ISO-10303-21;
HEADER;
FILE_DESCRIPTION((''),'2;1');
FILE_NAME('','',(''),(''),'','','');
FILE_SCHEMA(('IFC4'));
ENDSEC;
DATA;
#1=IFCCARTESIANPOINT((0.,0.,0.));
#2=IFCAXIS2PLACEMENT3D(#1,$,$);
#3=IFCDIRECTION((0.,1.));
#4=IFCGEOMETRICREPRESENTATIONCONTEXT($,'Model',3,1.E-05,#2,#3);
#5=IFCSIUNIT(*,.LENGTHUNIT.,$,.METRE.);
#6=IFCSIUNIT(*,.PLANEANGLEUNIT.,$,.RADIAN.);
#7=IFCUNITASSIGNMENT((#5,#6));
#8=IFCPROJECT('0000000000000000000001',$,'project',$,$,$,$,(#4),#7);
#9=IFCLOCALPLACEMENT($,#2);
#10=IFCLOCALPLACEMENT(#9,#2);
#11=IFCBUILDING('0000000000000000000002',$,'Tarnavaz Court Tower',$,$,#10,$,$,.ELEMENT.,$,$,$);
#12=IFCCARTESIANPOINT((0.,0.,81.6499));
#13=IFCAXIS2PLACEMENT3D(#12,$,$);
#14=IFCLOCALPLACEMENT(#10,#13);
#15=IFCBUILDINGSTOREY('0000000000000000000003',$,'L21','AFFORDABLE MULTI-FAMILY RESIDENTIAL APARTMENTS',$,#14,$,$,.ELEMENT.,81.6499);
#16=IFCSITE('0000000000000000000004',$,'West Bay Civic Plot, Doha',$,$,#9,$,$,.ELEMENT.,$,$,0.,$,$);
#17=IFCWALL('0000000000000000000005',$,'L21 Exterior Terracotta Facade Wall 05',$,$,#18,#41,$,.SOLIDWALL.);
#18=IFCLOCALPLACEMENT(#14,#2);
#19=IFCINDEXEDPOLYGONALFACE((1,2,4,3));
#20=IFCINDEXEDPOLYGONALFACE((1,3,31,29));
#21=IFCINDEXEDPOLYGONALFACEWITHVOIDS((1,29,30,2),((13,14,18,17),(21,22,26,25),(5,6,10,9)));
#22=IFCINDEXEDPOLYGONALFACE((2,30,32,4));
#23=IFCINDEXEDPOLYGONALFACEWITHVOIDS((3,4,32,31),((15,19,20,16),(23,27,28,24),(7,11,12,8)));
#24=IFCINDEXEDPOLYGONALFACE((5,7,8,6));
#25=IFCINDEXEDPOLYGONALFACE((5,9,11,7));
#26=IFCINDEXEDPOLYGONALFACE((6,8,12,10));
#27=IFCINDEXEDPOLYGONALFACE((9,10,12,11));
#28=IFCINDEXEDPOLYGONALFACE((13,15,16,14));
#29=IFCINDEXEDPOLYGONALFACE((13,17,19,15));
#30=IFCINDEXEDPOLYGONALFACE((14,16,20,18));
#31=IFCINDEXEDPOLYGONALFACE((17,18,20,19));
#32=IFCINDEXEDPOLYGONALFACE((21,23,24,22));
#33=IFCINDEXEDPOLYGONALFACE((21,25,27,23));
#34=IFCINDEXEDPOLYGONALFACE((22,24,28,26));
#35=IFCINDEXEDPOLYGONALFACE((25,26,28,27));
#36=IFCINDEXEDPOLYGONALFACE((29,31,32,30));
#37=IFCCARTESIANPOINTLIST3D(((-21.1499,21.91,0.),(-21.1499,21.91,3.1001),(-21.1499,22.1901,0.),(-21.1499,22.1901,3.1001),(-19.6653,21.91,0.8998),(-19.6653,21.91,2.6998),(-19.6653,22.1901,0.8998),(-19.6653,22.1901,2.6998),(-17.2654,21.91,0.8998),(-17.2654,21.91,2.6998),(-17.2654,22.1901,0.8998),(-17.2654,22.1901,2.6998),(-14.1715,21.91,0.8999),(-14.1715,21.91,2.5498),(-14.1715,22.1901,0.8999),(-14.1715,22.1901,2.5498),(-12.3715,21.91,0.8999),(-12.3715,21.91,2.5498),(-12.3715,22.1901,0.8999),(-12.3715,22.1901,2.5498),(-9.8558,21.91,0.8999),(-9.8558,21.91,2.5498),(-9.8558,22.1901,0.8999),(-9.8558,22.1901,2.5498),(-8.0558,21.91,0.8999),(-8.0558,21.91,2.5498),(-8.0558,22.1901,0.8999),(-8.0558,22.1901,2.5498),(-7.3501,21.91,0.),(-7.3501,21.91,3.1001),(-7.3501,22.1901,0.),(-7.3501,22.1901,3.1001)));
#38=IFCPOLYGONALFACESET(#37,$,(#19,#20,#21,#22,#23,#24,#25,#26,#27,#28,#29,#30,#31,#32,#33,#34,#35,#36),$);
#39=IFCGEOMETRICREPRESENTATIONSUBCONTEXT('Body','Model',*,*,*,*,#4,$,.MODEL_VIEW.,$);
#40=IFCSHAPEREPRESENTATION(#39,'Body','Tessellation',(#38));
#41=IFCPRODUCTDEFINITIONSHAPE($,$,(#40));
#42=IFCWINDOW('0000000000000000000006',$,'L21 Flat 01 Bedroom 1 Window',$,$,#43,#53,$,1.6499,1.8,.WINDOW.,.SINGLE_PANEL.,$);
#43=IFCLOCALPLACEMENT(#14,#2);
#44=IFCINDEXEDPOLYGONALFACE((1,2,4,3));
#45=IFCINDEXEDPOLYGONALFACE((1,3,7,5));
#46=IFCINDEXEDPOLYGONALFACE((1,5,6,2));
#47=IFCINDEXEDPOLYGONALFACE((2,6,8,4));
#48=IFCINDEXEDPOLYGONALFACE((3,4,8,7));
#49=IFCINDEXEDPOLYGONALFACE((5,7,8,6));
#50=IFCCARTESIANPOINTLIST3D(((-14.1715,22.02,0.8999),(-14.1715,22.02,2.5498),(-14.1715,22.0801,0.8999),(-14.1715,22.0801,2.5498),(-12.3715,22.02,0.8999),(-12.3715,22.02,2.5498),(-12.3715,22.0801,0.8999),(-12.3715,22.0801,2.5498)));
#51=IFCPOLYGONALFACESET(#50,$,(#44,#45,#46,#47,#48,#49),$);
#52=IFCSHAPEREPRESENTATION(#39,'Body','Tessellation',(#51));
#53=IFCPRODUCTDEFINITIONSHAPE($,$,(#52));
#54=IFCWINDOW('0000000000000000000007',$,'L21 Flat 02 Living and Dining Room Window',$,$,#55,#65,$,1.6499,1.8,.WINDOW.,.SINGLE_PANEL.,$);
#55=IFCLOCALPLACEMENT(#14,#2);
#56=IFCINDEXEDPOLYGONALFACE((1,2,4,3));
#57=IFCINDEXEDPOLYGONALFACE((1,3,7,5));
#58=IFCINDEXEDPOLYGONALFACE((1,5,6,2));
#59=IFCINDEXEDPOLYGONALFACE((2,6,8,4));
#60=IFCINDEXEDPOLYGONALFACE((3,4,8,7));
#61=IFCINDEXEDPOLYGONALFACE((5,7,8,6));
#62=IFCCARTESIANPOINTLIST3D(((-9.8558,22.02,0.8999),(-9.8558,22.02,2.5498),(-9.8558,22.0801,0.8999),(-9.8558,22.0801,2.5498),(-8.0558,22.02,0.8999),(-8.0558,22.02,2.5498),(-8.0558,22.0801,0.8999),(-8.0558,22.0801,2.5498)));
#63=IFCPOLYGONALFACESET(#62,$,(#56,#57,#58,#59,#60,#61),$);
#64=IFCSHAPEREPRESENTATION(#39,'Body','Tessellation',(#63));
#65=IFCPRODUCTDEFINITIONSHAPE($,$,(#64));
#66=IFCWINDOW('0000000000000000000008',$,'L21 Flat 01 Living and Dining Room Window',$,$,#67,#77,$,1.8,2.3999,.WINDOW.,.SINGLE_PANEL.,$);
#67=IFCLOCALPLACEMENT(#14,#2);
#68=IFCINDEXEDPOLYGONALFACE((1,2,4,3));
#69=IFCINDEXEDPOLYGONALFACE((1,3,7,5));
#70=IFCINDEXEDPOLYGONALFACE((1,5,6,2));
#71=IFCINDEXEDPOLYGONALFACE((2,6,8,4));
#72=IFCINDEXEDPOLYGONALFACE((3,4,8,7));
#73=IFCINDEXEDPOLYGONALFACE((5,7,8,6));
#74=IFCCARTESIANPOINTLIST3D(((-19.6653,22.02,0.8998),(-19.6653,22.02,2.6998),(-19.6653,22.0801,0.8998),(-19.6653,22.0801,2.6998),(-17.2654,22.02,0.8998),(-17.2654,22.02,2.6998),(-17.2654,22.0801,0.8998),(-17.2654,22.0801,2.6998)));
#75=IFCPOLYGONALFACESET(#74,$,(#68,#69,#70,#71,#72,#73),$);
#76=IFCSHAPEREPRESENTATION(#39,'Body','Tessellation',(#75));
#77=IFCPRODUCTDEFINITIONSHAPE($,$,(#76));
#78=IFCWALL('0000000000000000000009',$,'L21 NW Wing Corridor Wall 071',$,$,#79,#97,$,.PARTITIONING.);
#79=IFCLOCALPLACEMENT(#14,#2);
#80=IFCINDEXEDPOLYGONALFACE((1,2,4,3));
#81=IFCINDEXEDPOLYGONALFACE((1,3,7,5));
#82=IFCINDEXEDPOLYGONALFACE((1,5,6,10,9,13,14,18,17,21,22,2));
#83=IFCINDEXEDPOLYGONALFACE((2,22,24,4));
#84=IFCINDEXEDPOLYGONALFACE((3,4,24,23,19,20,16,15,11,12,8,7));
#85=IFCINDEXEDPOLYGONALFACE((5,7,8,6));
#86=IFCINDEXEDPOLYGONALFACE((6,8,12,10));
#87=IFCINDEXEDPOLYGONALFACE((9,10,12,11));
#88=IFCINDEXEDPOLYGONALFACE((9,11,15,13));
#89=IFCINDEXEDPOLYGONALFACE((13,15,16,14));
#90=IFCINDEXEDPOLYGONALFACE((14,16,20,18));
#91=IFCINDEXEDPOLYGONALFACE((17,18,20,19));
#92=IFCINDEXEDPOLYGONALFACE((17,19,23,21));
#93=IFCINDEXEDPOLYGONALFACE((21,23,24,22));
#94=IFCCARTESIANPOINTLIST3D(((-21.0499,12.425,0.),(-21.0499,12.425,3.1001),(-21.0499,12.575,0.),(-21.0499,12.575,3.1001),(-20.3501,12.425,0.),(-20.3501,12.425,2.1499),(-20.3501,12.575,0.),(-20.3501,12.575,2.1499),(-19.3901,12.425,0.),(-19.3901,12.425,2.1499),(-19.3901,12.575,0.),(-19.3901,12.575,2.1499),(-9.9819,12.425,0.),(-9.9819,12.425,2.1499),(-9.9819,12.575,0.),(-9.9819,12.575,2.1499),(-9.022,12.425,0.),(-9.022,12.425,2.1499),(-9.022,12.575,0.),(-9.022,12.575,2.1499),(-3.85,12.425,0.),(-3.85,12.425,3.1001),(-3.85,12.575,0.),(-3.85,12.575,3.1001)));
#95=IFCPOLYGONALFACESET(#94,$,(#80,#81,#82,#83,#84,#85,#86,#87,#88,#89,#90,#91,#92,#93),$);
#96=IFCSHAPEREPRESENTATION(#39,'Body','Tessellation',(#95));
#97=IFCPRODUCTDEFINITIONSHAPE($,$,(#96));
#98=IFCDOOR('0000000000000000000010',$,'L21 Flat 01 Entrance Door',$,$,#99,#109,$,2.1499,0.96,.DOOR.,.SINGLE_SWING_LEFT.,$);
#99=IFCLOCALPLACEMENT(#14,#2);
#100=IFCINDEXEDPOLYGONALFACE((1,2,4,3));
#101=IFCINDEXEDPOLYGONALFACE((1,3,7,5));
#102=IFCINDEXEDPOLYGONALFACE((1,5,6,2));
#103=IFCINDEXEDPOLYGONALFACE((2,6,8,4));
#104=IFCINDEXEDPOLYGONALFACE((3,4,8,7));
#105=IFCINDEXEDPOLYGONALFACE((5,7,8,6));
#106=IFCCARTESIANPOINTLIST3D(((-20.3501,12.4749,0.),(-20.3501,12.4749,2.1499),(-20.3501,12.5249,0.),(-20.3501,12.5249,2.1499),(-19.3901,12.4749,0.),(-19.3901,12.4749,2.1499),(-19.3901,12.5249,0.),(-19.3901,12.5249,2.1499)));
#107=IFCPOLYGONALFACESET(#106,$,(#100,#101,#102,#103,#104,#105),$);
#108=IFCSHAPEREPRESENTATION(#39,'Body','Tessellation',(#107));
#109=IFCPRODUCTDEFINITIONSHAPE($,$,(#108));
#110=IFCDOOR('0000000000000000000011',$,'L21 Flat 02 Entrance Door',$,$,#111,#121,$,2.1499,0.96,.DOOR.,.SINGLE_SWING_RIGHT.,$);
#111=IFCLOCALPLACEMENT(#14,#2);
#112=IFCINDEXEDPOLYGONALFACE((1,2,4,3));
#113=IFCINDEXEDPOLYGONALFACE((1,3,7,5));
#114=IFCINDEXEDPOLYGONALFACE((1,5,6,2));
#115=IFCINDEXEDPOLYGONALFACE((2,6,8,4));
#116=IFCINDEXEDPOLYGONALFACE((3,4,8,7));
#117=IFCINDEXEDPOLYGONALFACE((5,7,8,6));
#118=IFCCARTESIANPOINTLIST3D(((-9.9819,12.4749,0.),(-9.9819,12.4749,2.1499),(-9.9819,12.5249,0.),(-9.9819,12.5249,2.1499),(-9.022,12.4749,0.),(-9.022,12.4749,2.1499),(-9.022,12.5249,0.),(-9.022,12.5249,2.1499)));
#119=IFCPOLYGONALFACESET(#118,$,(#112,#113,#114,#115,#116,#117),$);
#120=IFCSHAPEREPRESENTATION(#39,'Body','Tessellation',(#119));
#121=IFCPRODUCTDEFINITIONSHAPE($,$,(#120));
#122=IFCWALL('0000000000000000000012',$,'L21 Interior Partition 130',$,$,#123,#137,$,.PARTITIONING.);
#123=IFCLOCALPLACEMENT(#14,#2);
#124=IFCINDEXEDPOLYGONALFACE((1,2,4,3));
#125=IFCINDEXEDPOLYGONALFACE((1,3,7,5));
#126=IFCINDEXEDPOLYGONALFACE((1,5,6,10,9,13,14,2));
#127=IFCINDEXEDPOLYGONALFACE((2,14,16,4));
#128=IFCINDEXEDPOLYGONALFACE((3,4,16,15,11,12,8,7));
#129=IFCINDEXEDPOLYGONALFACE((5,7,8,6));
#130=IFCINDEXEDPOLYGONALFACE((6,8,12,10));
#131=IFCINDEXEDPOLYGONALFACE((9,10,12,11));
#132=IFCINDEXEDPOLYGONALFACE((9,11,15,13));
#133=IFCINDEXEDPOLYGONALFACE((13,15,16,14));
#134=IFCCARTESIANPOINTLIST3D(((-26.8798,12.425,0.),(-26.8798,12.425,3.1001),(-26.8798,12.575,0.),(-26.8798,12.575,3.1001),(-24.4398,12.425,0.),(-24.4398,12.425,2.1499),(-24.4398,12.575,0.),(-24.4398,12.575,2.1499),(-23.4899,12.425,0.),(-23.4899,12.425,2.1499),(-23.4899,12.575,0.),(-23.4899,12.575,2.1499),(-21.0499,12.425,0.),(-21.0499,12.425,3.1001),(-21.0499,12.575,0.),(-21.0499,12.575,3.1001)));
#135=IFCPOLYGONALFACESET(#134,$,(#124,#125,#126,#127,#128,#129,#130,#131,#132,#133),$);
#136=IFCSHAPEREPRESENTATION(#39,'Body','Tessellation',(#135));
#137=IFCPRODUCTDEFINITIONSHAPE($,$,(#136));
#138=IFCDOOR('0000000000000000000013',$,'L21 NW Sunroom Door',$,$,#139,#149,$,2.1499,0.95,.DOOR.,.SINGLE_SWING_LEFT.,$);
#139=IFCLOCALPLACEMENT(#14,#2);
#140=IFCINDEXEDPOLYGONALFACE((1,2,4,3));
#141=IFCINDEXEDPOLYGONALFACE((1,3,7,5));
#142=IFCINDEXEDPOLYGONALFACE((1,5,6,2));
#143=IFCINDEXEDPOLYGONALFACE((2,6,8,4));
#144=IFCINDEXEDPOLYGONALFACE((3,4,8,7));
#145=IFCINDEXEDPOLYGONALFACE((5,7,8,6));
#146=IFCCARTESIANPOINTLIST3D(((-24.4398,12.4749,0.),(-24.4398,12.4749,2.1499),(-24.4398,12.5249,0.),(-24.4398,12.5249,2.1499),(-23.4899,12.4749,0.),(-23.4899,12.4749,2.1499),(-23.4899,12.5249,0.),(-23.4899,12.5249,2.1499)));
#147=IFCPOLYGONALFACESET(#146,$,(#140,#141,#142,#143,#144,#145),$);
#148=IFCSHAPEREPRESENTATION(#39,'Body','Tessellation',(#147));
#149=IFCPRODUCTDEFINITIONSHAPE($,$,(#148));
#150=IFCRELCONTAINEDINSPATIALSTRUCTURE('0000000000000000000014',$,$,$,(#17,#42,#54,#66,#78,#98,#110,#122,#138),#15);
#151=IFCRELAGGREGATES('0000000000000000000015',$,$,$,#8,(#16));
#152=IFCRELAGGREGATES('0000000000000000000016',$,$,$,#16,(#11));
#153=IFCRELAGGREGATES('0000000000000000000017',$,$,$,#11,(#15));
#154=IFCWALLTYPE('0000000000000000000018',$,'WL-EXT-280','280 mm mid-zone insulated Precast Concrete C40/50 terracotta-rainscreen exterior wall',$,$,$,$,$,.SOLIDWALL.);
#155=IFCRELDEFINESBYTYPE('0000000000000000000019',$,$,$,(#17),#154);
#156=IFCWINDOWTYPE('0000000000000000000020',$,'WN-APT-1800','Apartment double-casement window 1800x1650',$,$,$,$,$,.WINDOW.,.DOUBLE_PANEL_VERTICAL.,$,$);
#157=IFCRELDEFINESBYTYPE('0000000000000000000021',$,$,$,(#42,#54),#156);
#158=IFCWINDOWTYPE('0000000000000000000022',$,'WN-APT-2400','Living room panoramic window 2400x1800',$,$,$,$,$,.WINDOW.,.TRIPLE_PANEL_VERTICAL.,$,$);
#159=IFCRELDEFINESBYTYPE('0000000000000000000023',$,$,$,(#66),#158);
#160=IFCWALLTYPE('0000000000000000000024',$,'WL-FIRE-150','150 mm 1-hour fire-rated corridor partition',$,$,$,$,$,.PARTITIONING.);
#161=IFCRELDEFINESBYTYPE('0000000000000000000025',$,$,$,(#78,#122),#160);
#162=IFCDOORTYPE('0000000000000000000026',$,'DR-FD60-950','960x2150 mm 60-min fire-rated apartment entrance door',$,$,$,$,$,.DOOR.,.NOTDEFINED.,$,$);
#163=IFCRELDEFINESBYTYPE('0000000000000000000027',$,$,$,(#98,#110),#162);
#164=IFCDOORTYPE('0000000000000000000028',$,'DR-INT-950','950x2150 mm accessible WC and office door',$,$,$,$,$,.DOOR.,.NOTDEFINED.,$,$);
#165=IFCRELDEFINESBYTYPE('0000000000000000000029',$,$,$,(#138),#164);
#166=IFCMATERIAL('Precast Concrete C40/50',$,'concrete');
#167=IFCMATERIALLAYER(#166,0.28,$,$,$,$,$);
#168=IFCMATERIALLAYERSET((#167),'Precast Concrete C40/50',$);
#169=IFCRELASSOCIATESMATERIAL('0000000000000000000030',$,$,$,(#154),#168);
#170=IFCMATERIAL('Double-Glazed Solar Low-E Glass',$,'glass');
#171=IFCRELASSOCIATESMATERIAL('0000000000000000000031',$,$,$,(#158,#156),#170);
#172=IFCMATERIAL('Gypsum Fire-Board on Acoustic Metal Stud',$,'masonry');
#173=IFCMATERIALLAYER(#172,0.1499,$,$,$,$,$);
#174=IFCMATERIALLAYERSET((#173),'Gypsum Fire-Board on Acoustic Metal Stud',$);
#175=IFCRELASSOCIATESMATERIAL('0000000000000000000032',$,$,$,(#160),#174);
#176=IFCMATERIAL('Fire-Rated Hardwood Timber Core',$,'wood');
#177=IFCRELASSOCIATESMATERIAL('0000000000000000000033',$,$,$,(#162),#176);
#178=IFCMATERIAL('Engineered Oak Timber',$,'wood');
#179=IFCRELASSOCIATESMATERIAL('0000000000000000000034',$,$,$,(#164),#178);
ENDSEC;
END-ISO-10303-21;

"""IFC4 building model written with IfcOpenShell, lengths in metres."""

from ifc_helpers import new_model, si_unit, direction, frame, frame_2d, origin, place, context, subcontext, project, spatial, rectangle, extrude, material, layer, layer_set, type_object, element, fill, save


model = new_model("IFC4")

# Units and contexts
model_context = context("Model", 3, precision=1e-05, world=origin(), true_north=direction((0.0, 1.0)))
body_context = subcontext(model_context, "Body", "Model", "MODEL_VIEW")
ifc_project = project(units=[si_unit("LENGTHUNIT", "METRE"), si_unit("PLANEANGLEUNIT", "RADIAN")], contexts=[model_context])

# Site, building, storey
site_placement = place(None, origin())
site = spatial("IfcSite", under=ifc_project, at=site_placement, Name="West Bay Civic Plot, Doha", CompositionType="ELEMENT", RefElevation=0.0)
building_placement = place(site_placement, origin())
building = spatial("IfcBuilding", under=site, at=building_placement, Name="Tarnavaz Court Tower", CompositionType="ELEMENT")
storey_placement = place(building_placement, frame((0.0, 0.0, 81.6499)))
storey = spatial("IfcBuildingStorey", under=building, at=storey_placement, Name="L21", Description="AFFORDABLE MULTI-FAMILY RESIDENTIAL APARTMENTS", CompositionType="ELEMENT", Elevation=81.6499)

# Shared definitions
ifc_material_1 = material(Name="Precast Concrete C40/50", Category="concrete")
ifc_layer_1 = layer(ifc_material_1, 0.28)
ifc_layer_set_1 = layer_set([ifc_layer_1], Name="Precast Concrete C40/50")
wall_type_1 = type_object("IfcWallType", Name="WL-EXT-280", Description="280 mm mid-zone insulated Precast Concrete C40/50 terracotta-rainscreen exterior wall", PredefinedType="SOLIDWALL", material=ifc_layer_set_1)
ifc_material_2 = material(Name="Double-Glazed Solar Low-E Glass", Category="glass")
window_type_1 = type_object("IfcWindowType", Name="WN-APT-2400", Description="Living room panoramic window 2400x1800", PartitioningType="TRIPLE_PANEL_VERTICAL", PredefinedType="WINDOW", material=ifc_material_2)

# Wall, openings, windows
wall_1_placement = place(storey_placement, frame((-21.1499, 22.05, 0.0), z_axis=(0.0, 0.0, 1.0), x_axis=(1.0, 0.0, 0.0)))
wall_1 = element("IfcWall", 1, at=wall_1_placement, inside=storey, type_object=wall_type_1, Name="L21 Exterior Terracotta Facade Wall 05", PredefinedType="SOLIDWALL", context=body_context, shape_type="SweptSolid", body=[
    extrude(rectangle(XDim=13.7998, YDim=0.28, at=frame_2d((6.8999, 0.0))), origin(), (0.0, 0.0, 1.0), 3.1001),
])
opening_1_placement = place(wall_1_placement, frame((1.4846, 0.0, 0.8999)))
opening_1 = element("IfcOpeningElement", 2, at=opening_1_placement, cuts=wall_1, PredefinedType="OPENING", context=body_context, shape_type="SweptSolid", body=[
    extrude(rectangle(XDim=2.3999, YDim=1.8, at=frame_2d((1.2, 0.8999))), frame((0.0, 0.1499, 0.0), z_axis=(0.0, -1.0, 0.0), x_axis=(1.0, 0.0, 0.0)), (0.0, 0.0, 1.0), 0.3),
])
opening_2_placement = place(wall_1_placement, frame((6.9785, 0.0, 0.8999)))
opening_2 = element("IfcOpeningElement", 3, at=opening_2_placement, cuts=wall_1, PredefinedType="OPENING", context=body_context, shape_type="SweptSolid", body=[
    extrude(rectangle(XDim=1.8, YDim=1.6499, at=frame_2d((0.8999, 0.825))), frame((0.0, 0.1499, 0.0), z_axis=(0.0, -1.0, 0.0), x_axis=(1.0, 0.0, 0.0)), (0.0, 0.0, 1.0), 0.3),
])
opening_3_placement = place(wall_1_placement, frame((11.2942, 0.0, 0.8999)))
opening_3 = element("IfcOpeningElement", 4, at=opening_3_placement, cuts=wall_1, PredefinedType="OPENING", context=body_context, shape_type="SweptSolid", body=[
    extrude(rectangle(XDim=1.8, YDim=1.6499, at=frame_2d((0.8999, 0.825))), frame((0.0, 0.1499, 0.0), z_axis=(0.0, -1.0, 0.0), x_axis=(1.0, 0.0, 0.0)), (0.0, 0.0, 1.0), 0.3),
])
window_type_2 = type_object("IfcWindowType", Name="WN-APT-1800", Description="Apartment double-casement window 1800x1650", PartitioningType="DOUBLE_PANEL_VERTICAL", PredefinedType="WINDOW", material=ifc_material_2)
window_1_placement = place(opening_2_placement, origin())
window_1 = element("IfcWindow", 5, at=window_1_placement, inside=storey, type_object=window_type_2, Name="L21 Flat 01 Bedroom 1 Window", OverallHeight=1.6499, OverallWidth=1.8, PartitioningType="SINGLE_PANEL", PredefinedType="WINDOW", context=body_context, shape_type="SweptSolid", body=[
    extrude(rectangle(XDim=1.8, YDim=1.6499, at=frame_2d((0.8999, 0.825))), frame((0.0, 0.03, 0.0), z_axis=(0.0, -1.0, 0.0), x_axis=(1.0, 0.0, 0.0)), (0.0, 0.0, 1.0), 0.0601),
])
fill(opening_2, window_1)
window_2_placement = place(opening_3_placement, origin())
window_2 = element("IfcWindow", 6, at=window_2_placement, inside=storey, type_object=window_type_2, Name="L21 Flat 02 Living and Dining Room Window", OverallHeight=1.6499, OverallWidth=1.8, PartitioningType="SINGLE_PANEL", PredefinedType="WINDOW", context=body_context, shape_type="SweptSolid", body=[
    extrude(rectangle(XDim=1.8, YDim=1.6499, at=frame_2d((0.8999, 0.825))), frame((0.0, 0.03, 0.0), z_axis=(0.0, -1.0, 0.0), x_axis=(1.0, 0.0, 0.0)), (0.0, 0.0, 1.0), 0.0601),
])
fill(opening_3, window_2)
window_3_placement = place(opening_1_placement, origin())
window_3 = element("IfcWindow", 7, at=window_3_placement, inside=storey, type_object=window_type_1, Name="L21 Flat 01 Living and Dining Room Window", OverallHeight=1.8, OverallWidth=2.3999, PartitioningType="SINGLE_PANEL", PredefinedType="WINDOW", context=body_context, shape_type="SweptSolid", body=[
    extrude(rectangle(XDim=2.3999, YDim=1.8, at=frame_2d((1.2, 0.8999))), frame((0.0, 0.03, 0.0), z_axis=(0.0, -1.0, 0.0), x_axis=(1.0, 0.0, 0.0)), (0.0, 0.0, 1.0), 0.0601),
])
fill(opening_1, window_3)

# Wall, openings, doors
ifc_material_3 = material(Name="Gypsum Fire-Board on Acoustic Metal Stud", Category="masonry")
ifc_layer_2 = layer(ifc_material_3, 0.1499)
ifc_layer_set_2 = layer_set([ifc_layer_2], Name="Gypsum Fire-Board on Acoustic Metal Stud")
wall_type_2 = type_object("IfcWallType", Name="WL-FIRE-150", Description="150 mm 1-hour fire-rated corridor partition", PredefinedType="PARTITIONING", material=ifc_layer_set_2)
wall_2_placement = place(storey_placement, frame((-21.05, 12.5, 0.0), z_axis=(0.0, 0.0, 1.0), x_axis=(1.0, 0.0, 0.0)))
wall_2 = element("IfcWall", 8, at=wall_2_placement, inside=storey, type_object=wall_type_2, Name="L21 NW Wing Corridor Wall 071", PredefinedType="PARTITIONING", context=body_context, shape_type="SweptSolid", body=[
    extrude(rectangle(XDim=17.2, YDim=0.1499, at=frame_2d((8.6001, 0.0))), origin(), (0.0, 0.0, 1.0), 3.1001),
])
opening_4_placement = place(wall_2_placement, frame((0.7, 0.0, 0.0)))
opening_4 = element("IfcOpeningElement", 9, at=opening_4_placement, cuts=wall_2, PredefinedType="OPENING", context=body_context, shape_type="SweptSolid", body=[
    extrude(rectangle(XDim=0.96, YDim=2.1499, at=frame_2d((0.48, 1.075))), frame((0.0, 0.085, 0.0), z_axis=(0.0, -1.0, 0.0), x_axis=(1.0, 0.0, 0.0)), (0.0, 0.0, 1.0), 0.1699),
])
opening_5_placement = place(wall_2_placement, frame((11.0681, 0.0, 0.0)))
opening_5 = element("IfcOpeningElement", 10, at=opening_5_placement, cuts=wall_2, PredefinedType="OPENING", context=body_context, shape_type="SweptSolid", body=[
    extrude(rectangle(XDim=0.96, YDim=2.1499, at=frame_2d((0.48, 1.075))), frame((0.0, 0.085, 0.0), z_axis=(0.0, -1.0, 0.0), x_axis=(1.0, 0.0, 0.0)), (0.0, 0.0, 1.0), 0.1699),
])
ifc_material_4 = material(Name="Fire-Rated Hardwood Timber Core", Category="wood")
door_type_1 = type_object("IfcDoorType", Name="DR-FD60-950", Description="960x2150 mm 60-min fire-rated apartment entrance door", OperationType="NOTDEFINED", PredefinedType="DOOR", material=ifc_material_4)
door_1_placement = place(opening_4_placement, origin())
door_1 = element("IfcDoor", 11, at=door_1_placement, inside=storey, type_object=door_type_1, Name="L21 Flat 01 Entrance Door", OperationType="SINGLE_SWING_LEFT", OverallHeight=2.1499, OverallWidth=0.96, PredefinedType="DOOR", context=body_context, shape_type="SweptSolid", body=[
    extrude(rectangle(XDim=0.96, YDim=2.1499, at=frame_2d((0.48, 1.075))), frame((0.0, 0.0249, 0.0), z_axis=(0.0, -1.0, 0.0), x_axis=(1.0, 0.0, 0.0)), (0.0, 0.0, 1.0), 0.05),
])
fill(opening_4, door_1)
door_2_placement = place(opening_5_placement, origin())
door_2 = element("IfcDoor", 12, at=door_2_placement, inside=storey, type_object=door_type_1, Name="L21 Flat 02 Entrance Door", OperationType="SINGLE_SWING_RIGHT", OverallHeight=2.1499, OverallWidth=0.96, PredefinedType="DOOR", context=body_context, shape_type="SweptSolid", body=[
    extrude(rectangle(XDim=0.96, YDim=2.1499, at=frame_2d((0.48, 1.075))), frame((0.0, 0.0249, 0.0), z_axis=(0.0, -1.0, 0.0), x_axis=(1.0, 0.0, 0.0)), (0.0, 0.0, 1.0), 0.05),
])
fill(opening_5, door_2)

# Wall, opening, door
wall_3_placement = place(storey_placement, frame((-26.8799, 12.5, 0.0), z_axis=(0.0, 0.0, 1.0), x_axis=(1.0, 0.0, 0.0)))
wall_3 = element("IfcWall", 13, at=wall_3_placement, inside=storey, type_object=wall_type_2, Name="L21 Interior Partition 130", PredefinedType="PARTITIONING", context=body_context, shape_type="SweptSolid", body=[
    extrude(rectangle(XDim=5.8298, YDim=0.1499, at=frame_2d((2.915, 0.0))), origin(), (0.0, 0.0, 1.0), 3.1001),
])
opening_6_placement = place(wall_3_placement, frame((2.4399, 0.0, 0.0)))
opening_6 = element("IfcOpeningElement", 14, at=opening_6_placement, cuts=wall_3, PredefinedType="OPENING", context=body_context, shape_type="SweptSolid", body=[
    extrude(rectangle(XDim=0.95, YDim=2.1499, at=frame_2d((0.4751, 1.075))), frame((0.0, 0.085, 0.0), z_axis=(0.0, -1.0, 0.0), x_axis=(1.0, 0.0, 0.0)), (0.0, 0.0, 1.0), 0.1699),
])
ifc_material_5 = material(Name="Engineered Oak Timber", Category="wood")
door_type_2 = type_object("IfcDoorType", Name="DR-INT-950", Description="950x2150 mm accessible WC and office door", OperationType="NOTDEFINED", PredefinedType="DOOR", material=ifc_material_5)
door_3_placement = place(opening_6_placement, origin())
door_3 = element("IfcDoor", 15, at=door_3_placement, inside=storey, type_object=door_type_2, Name="L21 NW Sunroom Door", OperationType="SINGLE_SWING_LEFT", OverallHeight=2.1499, OverallWidth=0.95, PredefinedType="DOOR", context=body_context, shape_type="SweptSolid", body=[
    extrude(rectangle(XDim=0.95, YDim=2.1499, at=frame_2d((0.4751, 1.075))), frame((0.0, 0.0249, 0.0), z_axis=(0.0, -1.0, 0.0), x_axis=(1.0, 0.0, 0.0)), (0.0, 0.0, 1.0), 0.05),
])
fill(opening_6, door_3)

save(model, "model.ifc")
